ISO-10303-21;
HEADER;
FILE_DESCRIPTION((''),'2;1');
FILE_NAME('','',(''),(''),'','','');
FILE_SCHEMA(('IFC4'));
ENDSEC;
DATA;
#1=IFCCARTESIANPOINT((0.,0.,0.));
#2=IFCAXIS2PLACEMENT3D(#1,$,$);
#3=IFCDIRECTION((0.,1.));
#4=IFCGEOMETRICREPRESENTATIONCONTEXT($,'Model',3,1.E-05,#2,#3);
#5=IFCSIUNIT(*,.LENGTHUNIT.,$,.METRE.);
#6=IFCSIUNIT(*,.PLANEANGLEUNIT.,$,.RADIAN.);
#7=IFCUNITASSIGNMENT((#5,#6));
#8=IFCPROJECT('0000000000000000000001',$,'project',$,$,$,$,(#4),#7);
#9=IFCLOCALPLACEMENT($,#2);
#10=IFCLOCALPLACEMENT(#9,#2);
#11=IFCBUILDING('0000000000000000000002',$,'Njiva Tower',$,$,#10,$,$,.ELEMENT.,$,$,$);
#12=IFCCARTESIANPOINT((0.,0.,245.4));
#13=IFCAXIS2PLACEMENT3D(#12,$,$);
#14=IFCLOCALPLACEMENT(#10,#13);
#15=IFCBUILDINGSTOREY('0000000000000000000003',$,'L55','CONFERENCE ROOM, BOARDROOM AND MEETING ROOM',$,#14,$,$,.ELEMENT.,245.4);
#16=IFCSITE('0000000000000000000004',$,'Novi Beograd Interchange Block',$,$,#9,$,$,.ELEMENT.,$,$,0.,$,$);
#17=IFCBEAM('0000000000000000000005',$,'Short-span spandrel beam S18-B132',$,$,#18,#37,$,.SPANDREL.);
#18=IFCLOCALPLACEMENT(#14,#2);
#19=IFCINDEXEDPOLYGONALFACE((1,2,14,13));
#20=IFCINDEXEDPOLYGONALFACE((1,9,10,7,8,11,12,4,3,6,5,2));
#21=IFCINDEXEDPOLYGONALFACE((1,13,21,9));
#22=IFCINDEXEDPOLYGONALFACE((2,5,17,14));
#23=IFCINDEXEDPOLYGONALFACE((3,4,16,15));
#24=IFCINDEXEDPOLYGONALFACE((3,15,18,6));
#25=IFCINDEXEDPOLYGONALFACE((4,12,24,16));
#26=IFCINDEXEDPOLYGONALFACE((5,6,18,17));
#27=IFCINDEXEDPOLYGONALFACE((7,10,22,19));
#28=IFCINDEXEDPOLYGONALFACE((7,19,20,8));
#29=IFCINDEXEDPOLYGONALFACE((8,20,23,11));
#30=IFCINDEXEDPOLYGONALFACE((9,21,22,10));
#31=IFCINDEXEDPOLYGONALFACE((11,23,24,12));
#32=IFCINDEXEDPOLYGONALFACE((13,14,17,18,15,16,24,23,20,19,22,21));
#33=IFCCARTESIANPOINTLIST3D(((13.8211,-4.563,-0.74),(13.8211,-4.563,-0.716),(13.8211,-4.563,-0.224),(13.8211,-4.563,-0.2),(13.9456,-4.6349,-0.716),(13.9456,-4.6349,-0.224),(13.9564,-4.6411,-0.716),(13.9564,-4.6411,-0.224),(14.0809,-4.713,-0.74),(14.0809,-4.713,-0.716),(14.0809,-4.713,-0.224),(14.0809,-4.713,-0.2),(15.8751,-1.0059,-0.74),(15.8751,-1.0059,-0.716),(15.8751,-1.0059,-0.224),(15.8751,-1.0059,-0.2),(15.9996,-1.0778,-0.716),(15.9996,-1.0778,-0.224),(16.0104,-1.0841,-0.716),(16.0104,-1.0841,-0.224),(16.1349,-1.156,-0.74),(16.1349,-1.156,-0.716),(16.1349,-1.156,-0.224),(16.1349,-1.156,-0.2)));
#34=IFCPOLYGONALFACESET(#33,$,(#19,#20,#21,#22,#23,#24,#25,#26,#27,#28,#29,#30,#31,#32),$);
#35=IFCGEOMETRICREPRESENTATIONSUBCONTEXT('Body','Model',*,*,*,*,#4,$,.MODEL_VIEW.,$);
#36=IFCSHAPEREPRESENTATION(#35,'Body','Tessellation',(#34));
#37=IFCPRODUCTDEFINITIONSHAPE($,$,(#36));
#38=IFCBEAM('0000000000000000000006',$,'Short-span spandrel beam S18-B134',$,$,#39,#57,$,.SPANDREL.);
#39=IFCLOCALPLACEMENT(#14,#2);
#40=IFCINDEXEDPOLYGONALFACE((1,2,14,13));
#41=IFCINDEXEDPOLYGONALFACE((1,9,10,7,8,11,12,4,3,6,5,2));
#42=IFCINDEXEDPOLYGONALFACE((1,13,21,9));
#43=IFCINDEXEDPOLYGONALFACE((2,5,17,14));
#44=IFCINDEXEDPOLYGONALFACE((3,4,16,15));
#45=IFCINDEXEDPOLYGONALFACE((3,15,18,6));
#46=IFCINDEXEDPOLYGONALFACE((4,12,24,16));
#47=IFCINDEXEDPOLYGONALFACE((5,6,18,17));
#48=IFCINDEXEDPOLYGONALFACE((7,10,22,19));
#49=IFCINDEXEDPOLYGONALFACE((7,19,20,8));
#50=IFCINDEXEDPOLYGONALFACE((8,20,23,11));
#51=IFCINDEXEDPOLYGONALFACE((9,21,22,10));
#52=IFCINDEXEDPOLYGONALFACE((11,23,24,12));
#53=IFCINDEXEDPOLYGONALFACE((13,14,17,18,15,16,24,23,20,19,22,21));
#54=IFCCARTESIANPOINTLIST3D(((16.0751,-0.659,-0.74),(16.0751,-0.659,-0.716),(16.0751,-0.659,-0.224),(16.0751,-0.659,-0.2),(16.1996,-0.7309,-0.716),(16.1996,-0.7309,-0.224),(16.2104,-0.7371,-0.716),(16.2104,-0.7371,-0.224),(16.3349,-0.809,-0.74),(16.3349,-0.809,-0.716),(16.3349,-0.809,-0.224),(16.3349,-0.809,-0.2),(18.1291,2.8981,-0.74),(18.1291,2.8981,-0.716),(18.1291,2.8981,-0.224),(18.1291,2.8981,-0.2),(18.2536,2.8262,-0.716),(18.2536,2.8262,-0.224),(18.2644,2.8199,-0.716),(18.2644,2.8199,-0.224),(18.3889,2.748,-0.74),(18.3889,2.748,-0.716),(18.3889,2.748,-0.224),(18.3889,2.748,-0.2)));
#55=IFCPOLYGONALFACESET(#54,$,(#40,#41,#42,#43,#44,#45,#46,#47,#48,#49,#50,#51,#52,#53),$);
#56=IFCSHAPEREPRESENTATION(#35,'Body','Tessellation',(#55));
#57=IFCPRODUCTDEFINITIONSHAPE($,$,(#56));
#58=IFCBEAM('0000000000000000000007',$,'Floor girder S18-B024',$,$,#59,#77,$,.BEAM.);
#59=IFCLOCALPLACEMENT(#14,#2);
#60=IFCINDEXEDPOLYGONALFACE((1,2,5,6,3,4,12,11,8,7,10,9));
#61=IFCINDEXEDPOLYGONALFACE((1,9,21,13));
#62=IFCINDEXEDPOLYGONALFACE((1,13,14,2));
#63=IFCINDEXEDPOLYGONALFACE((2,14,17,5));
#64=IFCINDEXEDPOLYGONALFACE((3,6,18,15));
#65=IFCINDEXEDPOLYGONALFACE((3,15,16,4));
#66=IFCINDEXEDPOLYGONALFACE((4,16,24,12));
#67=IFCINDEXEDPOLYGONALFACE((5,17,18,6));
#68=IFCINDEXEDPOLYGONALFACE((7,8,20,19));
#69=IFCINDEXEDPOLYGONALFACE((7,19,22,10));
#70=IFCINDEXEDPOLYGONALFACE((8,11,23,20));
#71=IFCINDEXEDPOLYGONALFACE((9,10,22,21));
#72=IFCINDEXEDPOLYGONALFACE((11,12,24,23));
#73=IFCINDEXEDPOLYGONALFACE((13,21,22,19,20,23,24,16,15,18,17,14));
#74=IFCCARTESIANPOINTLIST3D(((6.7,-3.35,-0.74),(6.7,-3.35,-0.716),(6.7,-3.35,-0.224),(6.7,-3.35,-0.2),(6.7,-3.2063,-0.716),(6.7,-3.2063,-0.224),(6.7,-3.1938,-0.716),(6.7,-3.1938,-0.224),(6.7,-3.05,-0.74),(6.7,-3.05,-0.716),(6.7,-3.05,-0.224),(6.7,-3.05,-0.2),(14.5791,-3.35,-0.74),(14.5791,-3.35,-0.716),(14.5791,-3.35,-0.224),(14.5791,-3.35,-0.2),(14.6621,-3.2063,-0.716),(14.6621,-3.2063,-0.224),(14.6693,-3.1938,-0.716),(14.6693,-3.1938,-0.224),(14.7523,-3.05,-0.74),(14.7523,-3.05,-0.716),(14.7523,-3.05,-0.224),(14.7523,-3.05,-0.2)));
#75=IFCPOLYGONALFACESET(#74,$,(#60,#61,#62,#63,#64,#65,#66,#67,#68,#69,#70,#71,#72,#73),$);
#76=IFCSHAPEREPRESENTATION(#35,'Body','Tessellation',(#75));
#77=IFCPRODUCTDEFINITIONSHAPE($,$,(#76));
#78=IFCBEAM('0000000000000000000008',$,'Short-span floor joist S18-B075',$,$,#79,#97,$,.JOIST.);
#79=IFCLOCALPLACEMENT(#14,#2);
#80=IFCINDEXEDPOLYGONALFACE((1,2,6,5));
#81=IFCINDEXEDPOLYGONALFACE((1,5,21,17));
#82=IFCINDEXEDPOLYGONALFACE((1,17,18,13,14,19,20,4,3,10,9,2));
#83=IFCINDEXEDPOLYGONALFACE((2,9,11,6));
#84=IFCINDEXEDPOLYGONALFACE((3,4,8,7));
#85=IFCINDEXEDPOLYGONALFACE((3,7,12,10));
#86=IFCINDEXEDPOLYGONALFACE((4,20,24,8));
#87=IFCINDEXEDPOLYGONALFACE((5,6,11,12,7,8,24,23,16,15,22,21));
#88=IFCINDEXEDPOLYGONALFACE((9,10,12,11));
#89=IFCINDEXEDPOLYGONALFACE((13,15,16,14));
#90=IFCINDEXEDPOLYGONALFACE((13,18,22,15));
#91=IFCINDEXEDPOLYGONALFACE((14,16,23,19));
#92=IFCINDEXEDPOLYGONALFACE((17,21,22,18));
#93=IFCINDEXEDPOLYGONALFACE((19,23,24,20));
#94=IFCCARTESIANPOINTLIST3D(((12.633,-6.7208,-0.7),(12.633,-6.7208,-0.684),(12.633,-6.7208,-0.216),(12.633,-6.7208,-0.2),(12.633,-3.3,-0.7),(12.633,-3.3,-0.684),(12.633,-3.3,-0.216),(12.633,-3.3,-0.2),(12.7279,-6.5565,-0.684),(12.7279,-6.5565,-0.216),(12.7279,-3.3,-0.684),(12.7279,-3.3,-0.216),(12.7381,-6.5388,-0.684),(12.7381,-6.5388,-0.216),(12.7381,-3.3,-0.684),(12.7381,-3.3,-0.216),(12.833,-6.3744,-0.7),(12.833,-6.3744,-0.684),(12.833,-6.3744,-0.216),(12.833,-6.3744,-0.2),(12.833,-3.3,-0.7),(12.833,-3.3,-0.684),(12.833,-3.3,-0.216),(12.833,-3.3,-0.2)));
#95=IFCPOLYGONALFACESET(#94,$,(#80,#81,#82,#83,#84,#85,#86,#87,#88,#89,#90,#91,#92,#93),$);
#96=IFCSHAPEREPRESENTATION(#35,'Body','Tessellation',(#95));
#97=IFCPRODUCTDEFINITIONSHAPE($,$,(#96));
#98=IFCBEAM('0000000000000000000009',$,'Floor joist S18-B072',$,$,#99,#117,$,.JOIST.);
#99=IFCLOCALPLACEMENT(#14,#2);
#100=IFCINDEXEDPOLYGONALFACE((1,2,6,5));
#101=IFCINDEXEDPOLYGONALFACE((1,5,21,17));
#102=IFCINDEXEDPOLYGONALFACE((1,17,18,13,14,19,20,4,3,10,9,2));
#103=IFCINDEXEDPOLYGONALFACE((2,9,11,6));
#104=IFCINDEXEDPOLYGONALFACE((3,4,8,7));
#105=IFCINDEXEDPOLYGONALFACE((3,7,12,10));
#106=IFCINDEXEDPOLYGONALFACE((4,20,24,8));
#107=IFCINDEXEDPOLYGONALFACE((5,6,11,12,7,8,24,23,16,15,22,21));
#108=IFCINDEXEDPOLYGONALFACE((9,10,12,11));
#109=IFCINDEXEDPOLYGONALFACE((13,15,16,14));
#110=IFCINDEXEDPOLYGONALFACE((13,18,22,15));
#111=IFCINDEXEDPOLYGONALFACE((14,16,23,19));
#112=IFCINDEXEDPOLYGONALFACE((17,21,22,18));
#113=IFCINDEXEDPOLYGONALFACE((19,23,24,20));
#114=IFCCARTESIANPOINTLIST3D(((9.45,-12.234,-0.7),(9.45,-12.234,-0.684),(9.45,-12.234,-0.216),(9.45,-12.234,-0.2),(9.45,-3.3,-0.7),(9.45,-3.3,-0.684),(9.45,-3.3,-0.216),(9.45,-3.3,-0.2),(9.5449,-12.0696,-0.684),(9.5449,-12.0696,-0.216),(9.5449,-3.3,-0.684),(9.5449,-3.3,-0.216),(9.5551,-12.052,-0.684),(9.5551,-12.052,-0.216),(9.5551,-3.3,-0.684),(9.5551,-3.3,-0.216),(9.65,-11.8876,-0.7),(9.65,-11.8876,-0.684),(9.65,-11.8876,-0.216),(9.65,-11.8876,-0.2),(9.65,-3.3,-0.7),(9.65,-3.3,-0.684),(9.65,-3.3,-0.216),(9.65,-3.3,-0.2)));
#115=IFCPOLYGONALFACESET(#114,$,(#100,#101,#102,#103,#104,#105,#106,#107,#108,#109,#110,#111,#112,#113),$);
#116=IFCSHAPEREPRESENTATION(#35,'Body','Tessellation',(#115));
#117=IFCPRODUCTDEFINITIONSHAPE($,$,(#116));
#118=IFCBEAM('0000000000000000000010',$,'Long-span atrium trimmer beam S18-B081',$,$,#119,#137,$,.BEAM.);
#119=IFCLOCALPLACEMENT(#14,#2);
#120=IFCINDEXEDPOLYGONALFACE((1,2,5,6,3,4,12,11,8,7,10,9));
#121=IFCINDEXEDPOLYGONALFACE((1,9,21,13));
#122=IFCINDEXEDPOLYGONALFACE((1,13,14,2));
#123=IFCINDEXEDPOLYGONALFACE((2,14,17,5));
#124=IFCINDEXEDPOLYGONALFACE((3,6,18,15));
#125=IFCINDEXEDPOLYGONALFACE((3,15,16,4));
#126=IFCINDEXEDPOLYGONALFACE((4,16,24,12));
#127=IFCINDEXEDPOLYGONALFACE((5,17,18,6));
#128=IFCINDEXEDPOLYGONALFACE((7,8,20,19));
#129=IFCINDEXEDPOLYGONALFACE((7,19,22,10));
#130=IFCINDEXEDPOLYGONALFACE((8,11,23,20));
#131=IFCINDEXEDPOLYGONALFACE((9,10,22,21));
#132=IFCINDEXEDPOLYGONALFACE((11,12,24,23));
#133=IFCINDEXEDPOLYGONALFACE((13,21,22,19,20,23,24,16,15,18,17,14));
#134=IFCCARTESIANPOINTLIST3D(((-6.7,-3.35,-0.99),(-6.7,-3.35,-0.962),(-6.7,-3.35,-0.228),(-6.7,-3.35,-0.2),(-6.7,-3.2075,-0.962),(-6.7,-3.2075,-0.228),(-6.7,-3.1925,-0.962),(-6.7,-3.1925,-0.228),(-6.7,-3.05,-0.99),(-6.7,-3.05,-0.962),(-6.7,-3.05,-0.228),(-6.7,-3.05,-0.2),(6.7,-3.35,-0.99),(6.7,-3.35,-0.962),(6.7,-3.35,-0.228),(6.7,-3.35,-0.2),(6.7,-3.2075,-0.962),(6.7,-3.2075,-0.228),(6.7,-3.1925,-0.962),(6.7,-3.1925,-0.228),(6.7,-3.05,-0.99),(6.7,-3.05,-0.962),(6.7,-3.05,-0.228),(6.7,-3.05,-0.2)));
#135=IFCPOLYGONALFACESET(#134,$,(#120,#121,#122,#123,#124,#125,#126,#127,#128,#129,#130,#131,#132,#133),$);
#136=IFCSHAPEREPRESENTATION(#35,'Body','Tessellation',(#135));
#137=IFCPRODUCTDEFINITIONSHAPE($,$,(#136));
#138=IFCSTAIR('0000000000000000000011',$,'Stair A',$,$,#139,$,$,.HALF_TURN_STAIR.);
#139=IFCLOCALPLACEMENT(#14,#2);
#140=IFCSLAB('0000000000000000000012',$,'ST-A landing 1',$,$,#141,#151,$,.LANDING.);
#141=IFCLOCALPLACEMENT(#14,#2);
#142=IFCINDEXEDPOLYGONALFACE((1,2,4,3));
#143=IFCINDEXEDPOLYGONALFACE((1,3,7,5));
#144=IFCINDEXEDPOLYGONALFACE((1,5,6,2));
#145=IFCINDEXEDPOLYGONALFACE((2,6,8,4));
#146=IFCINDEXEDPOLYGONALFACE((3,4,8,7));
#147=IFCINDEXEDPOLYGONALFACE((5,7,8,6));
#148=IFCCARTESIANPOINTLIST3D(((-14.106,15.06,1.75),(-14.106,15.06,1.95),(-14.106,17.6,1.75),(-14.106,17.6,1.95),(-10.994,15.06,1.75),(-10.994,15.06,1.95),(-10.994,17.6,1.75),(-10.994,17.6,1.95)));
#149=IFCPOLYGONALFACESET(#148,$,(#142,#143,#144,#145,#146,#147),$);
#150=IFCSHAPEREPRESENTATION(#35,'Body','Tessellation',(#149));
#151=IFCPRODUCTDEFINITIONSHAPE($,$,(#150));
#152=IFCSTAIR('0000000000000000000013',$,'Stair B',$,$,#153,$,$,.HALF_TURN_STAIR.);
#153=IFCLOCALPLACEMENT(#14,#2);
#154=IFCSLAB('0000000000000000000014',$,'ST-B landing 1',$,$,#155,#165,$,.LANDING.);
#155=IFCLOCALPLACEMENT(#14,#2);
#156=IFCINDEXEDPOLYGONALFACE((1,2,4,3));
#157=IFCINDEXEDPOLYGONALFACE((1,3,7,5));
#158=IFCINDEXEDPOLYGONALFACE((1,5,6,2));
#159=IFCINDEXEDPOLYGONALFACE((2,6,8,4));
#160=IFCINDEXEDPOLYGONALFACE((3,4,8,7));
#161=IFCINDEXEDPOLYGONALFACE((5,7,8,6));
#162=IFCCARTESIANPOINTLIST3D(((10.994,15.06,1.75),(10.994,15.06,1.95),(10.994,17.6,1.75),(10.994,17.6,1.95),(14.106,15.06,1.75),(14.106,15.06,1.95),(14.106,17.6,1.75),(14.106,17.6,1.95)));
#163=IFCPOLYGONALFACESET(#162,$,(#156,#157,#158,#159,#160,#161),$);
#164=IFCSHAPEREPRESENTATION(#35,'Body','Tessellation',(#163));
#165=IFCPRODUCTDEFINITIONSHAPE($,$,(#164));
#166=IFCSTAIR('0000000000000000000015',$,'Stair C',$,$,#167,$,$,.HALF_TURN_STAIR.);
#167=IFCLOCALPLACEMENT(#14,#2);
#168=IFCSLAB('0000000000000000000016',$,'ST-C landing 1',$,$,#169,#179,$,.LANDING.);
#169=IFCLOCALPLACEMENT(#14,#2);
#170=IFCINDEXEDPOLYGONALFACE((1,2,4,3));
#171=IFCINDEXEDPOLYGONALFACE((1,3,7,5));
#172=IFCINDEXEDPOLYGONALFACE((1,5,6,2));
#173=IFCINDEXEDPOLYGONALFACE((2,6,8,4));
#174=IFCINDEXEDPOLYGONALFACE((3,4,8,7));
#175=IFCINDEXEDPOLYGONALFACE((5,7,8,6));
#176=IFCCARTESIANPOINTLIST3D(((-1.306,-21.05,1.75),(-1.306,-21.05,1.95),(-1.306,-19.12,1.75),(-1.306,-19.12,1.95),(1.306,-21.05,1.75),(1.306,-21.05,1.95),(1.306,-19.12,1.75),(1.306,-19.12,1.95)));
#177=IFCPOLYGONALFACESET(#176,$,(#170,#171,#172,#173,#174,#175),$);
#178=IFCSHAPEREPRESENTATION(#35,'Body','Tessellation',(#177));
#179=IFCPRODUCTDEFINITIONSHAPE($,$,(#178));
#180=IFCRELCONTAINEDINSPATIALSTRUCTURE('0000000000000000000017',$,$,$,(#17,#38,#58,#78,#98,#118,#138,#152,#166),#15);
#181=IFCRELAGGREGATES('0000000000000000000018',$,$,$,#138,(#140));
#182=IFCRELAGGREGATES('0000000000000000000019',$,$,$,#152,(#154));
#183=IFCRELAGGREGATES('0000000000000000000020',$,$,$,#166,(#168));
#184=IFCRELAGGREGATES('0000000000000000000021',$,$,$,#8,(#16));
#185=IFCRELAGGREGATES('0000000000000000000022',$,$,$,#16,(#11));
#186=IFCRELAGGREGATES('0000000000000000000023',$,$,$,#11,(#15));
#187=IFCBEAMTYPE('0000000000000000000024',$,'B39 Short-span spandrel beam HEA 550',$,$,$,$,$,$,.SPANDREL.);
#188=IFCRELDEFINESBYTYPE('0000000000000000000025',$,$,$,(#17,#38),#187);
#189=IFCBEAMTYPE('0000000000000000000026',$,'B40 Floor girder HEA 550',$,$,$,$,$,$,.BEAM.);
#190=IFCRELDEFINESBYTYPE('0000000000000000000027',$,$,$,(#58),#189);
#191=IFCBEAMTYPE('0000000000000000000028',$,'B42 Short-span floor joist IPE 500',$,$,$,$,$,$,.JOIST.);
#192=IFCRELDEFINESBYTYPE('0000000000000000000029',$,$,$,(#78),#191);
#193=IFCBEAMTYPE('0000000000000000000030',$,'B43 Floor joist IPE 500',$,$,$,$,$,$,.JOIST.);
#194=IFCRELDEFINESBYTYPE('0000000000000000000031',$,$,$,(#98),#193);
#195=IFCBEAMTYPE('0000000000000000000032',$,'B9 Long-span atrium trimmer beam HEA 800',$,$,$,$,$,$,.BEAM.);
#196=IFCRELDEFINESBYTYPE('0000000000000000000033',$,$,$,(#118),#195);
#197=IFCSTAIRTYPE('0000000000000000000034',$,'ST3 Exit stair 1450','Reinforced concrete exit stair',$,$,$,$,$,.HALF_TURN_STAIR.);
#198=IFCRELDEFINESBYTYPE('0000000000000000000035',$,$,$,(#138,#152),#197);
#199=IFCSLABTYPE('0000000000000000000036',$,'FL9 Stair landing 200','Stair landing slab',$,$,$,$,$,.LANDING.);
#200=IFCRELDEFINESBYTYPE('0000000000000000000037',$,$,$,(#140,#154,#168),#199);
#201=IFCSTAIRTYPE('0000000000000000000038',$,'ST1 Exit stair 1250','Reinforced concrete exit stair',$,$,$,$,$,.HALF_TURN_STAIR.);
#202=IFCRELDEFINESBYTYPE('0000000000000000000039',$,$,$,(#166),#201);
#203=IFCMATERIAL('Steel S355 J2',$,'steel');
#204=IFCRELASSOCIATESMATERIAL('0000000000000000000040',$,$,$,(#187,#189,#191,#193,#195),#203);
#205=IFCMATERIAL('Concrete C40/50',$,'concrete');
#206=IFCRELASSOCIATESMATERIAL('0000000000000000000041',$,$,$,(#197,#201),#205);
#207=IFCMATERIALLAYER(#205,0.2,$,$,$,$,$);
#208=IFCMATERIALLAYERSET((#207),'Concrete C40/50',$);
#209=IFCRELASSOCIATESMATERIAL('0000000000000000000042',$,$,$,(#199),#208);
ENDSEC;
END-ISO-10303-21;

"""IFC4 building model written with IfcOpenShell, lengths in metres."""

from ifc_helpers import new_model, si_unit, direction, frame, origin, origin_2d, place, context, subcontext, project, spatial, polyline, i_section, outline, extrude, clip, halfspace, material, layer, layer_set, material_profile, profile_set, type_object, element, aggregate, save


model = new_model("IFC4")

# Units and contexts
model_context = context("Model", 3, precision=1e-05, world=origin(), true_north=direction((0.0, 1.0)))
body_context = subcontext(model_context, "Body", "Model", "MODEL_VIEW")
ifc_project = project(units=[si_unit("LENGTHUNIT", "METRE"), si_unit("PLANEANGLEUNIT", "RADIAN")], contexts=[model_context])

# Site, building, storey
site_placement = place(None, origin())
site = spatial("IfcSite", under=ifc_project, at=site_placement, Name="Novi Beograd Interchange Block", CompositionType="ELEMENT", RefElevation=0.0)
building_placement = place(site_placement, origin())
building = spatial("IfcBuilding", under=site, at=building_placement, Name="Njiva Tower", CompositionType="ELEMENT")
storey_placement = place(building_placement, frame((0.0, 0.0, 245.4)))
storey = spatial("IfcBuildingStorey", under=building, at=storey_placement, Name="L55", Description="CONFERENCE ROOM, BOARDROOM AND MEETING ROOM", CompositionType="ELEMENT", Elevation=245.4)

# Shared definitions
ifc_material_1 = material(Name="Steel S355 J2", Category="steel")

# Beams
ifc_material_profile_1 = material_profile(ifc_material_1, i_section(OverallWidth=0.3, OverallDepth=0.54, WebThickness=0.0125, FlangeThickness=0.024, at=origin_2d()), Name="HEA 550")
ifc_profile_set_1 = profile_set([ifc_material_profile_1], Name="Steel S355 J2")
beam_type_1 = type_object("IfcBeamType", Name="B39 Short-span spandrel beam HEA 550", PredefinedType="SPANDREL", material=ifc_profile_set_1)
for number, where, z_axis, x_axis, name in (
    (1, (13.951, -4.638, -0.47), (0.500067, 0.865987, 0.0), (-0.865987, 0.500067, 0.0), "Short-span spandrel beam S18-B132"),
    (2, (16.205, -0.734, -0.47), (0.500067, 0.865987, 0.0), (-0.865987, 0.500067, 0.0), "Short-span spandrel beam S18-B134"),
):
    element("IfcBeam", number, at=place(storey_placement, frame(where, z_axis=z_axis, x_axis=x_axis)), inside=storey, type_object=beam_type_1, Name=name, PredefinedType="SPANDREL", context=body_context, shape_type="SweptSolid", body=[
        extrude(i_section(OverallWidth=0.3, OverallDepth=0.54, WebThickness=0.0125, FlangeThickness=0.024, at=origin_2d()), origin(), (0.0, 0.0, 1.0), 4.1075),
    ])
ifc_material_profile_2 = material_profile(ifc_material_1, i_section(OverallWidth=0.3, OverallDepth=0.54, WebThickness=0.0125, FlangeThickness=0.024, at=origin_2d()), Name="HEA 550")
ifc_profile_set_2 = profile_set([ifc_material_profile_2], Name="Steel S355 J2")
beam_type_2 = type_object("IfcBeamType", Name="B40 Floor girder HEA 550", PredefinedType="BEAM", material=ifc_profile_set_2)
beam_1_placement = place(storey_placement, frame((6.7, -3.2, -0.47), z_axis=(1.0, 0.0, 0.0), x_axis=(0.0, 1.0, 0.0)))
element("IfcBeam", 3, at=beam_1_placement, inside=storey, type_object=beam_type_2, Name="Floor girder S18-B024", PredefinedType="BEAM", context=body_context, shape_type="Clipping", body=[
    clip(extrude(i_section(OverallWidth=0.3, OverallDepth=0.54, WebThickness=0.0125, FlangeThickness=0.024, at=origin_2d()), origin(), (0.0, 0.0, 1.0), 8.073), halfspace(frame((-0.025, 0.0, 7.9513), z_axis=(-0.499998, 0.0, 0.866027), x_axis=(0.0, 1.0, 0.0)), False)),
])
ifc_material_profile_3 = material_profile(ifc_material_1, i_section(OverallWidth=0.2, OverallDepth=0.5, WebThickness=0.0102, FlangeThickness=0.016, at=origin_2d()), Name="IPE 500")
ifc_profile_set_3 = profile_set([ifc_material_profile_3], Name="Steel S355 J2")
beam_type_3 = type_object("IfcBeamType", Name="B42 Short-span floor joist IPE 500", PredefinedType="JOIST", material=ifc_profile_set_3)
beam_2_placement = place(storey_placement, frame((12.733, -3.3, -0.45), z_axis=(0.0, -1.0, 0.0), x_axis=(1.0, 0.0, 0.0)))
element("IfcBeam", 4, at=beam_2_placement, inside=storey, type_object=beam_type_3, Name="Short-span floor joist S18-B075", PredefinedType="JOIST", context=body_context, shape_type="Clipping", body=[
    clip(extrude(i_section(OverallWidth=0.2, OverallDepth=0.5, WebThickness=0.0102, FlangeThickness=0.016, at=origin_2d()), origin(), (0.0, 0.0, 1.0), 3.44), halfspace(frame((0.0436, 0.0, 3.1721), z_axis=(0.866027, 0.0, 0.499998), x_axis=(0.0, 1.0, 0.0)), False)),
])
ifc_material_profile_4 = material_profile(ifc_material_1, i_section(OverallWidth=0.2, OverallDepth=0.5, WebThickness=0.0102, FlangeThickness=0.016, at=origin_2d()), Name="IPE 500")
ifc_profile_set_4 = profile_set([ifc_material_profile_4], Name="Steel S355 J2")
beam_type_4 = type_object("IfcBeamType", Name="B43 Floor joist IPE 500", PredefinedType="JOIST", material=ifc_profile_set_4)
beam_3_placement = place(storey_placement, frame((9.55, -3.3, -0.45), z_axis=(0.0, -1.0, 0.0), x_axis=(1.0, 0.0, 0.0)))
element("IfcBeam", 5, at=beam_3_placement, inside=storey, type_object=beam_type_4, Name="Floor joist S18-B072", PredefinedType="JOIST", context=body_context, shape_type="Clipping", body=[
    clip(extrude(i_section(OverallWidth=0.2, OverallDepth=0.5, WebThickness=0.0102, FlangeThickness=0.016, at=origin_2d()), origin(), (0.0, 0.0, 1.0), 8.954), halfspace(frame((0.0433, 0.0, 8.6858), z_axis=(0.866027, 0.0, 0.499998), x_axis=(0.0, 1.0, 0.0)), False)),
])
ifc_material_profile_5 = material_profile(ifc_material_1, i_section(OverallWidth=0.3, OverallDepth=0.79, WebThickness=0.015, FlangeThickness=0.028, at=origin_2d()), Name="HEA 800")
ifc_profile_set_5 = profile_set([ifc_material_profile_5], Name="Steel S355 J2")
beam_type_5 = type_object("IfcBeamType", Name="B9 Long-span atrium trimmer beam HEA 800", PredefinedType="BEAM", material=ifc_profile_set_5)
beam_4_placement = place(storey_placement, frame((6.7, -3.2, -0.595), z_axis=(-1.0, 0.0, 0.0), x_axis=(0.0, -1.0, 0.0)))
element("IfcBeam", 6, at=beam_4_placement, inside=storey, type_object=beam_type_5, Name="Long-span atrium trimmer beam S18-B081", PredefinedType="BEAM", context=body_context, shape_type="SweptSolid", body=[
    extrude(i_section(OverallWidth=0.3, OverallDepth=0.79, WebThickness=0.015, FlangeThickness=0.028, at=origin_2d()), origin(), (0.0, 0.0, 1.0), 13.4),
])

# Stairs, slabs
ifc_material_2 = material(Name="Concrete C40/50", Category="concrete")
stair_type_1 = type_object("IfcStairType", Name="ST3 Exit stair 1450", Description="Reinforced concrete exit stair", PredefinedType="HALF_TURN_STAIR", material=ifc_material_2)
stair_1_placement = place(storey_placement, origin())
stair_1 = element("IfcStair", 7, at=stair_1_placement, inside=storey, type_object=stair_type_1, Name="Stair A", PredefinedType="HALF_TURN_STAIR")
ifc_layer_1 = layer(ifc_material_2, 0.2)
ifc_layer_set_1 = layer_set([ifc_layer_1], Name="Concrete C40/50")
slab_type_1 = type_object("IfcSlabType", Name="FL9 Stair landing 200", Description="Stair landing slab", PredefinedType="LANDING", material=ifc_layer_set_1)
slab_1_placement = place(storey_placement, frame((0.0, 0.0, 1.75)))
slab_1 = element("IfcSlab", 8, at=slab_1_placement, type_object=slab_type_1, Name="ST-A landing 1", PredefinedType="LANDING", context=body_context, shape_type="SweptSolid", body=[
    extrude(outline(polyline([(-14.106, 15.06), (-10.994, 15.06), (-10.994, 17.6), (-14.106, 17.6), (-14.106, 15.06)])), origin(), (0.0, 0.0, 1.0), 0.2),
])
aggregate(stair_1, [slab_1])
stair_2_placement = place(storey_placement, origin())
stair_2 = element("IfcStair", 9, at=stair_2_placement, inside=storey, type_object=stair_type_1, Name="Stair B", PredefinedType="HALF_TURN_STAIR")
slab_2_placement = place(storey_placement, frame((0.0, 0.0, 1.75)))
slab_2 = element("IfcSlab", 10, at=slab_2_placement, type_object=slab_type_1, Name="ST-B landing 1", PredefinedType="LANDING", context=body_context, shape_type="SweptSolid", body=[
    extrude(outline(polyline([(10.994, 15.06), (14.106, 15.06), (14.106, 17.6), (10.994, 17.6), (10.994, 15.06)])), origin(), (0.0, 0.0, 1.0), 0.2),
])
aggregate(stair_2, [slab_2])
stair_type_2 = type_object("IfcStairType", Name="ST1 Exit stair 1250", Description="Reinforced concrete exit stair", PredefinedType="HALF_TURN_STAIR", material=ifc_material_2)
stair_3_placement = place(storey_placement, origin())
stair_3 = element("IfcStair", 11, at=stair_3_placement, inside=storey, type_object=stair_type_2, Name="Stair C", PredefinedType="HALF_TURN_STAIR")
slab_3_placement = place(storey_placement, frame((0.0, 0.0, 1.75)))
slab_3 = element("IfcSlab", 12, at=slab_3_placement, type_object=slab_type_1, Name="ST-C landing 1", PredefinedType="LANDING", context=body_context, shape_type="SweptSolid", body=[
    extrude(outline(polyline([(-1.306, -21.05), (1.306, -21.05), (1.306, -19.12), (-1.306, -19.12), (-1.306, -21.05)])), origin(), (0.0, 0.0, 1.0), 0.2),
])
aggregate(stair_3, [slab_3])

save(model, "model.ifc")
